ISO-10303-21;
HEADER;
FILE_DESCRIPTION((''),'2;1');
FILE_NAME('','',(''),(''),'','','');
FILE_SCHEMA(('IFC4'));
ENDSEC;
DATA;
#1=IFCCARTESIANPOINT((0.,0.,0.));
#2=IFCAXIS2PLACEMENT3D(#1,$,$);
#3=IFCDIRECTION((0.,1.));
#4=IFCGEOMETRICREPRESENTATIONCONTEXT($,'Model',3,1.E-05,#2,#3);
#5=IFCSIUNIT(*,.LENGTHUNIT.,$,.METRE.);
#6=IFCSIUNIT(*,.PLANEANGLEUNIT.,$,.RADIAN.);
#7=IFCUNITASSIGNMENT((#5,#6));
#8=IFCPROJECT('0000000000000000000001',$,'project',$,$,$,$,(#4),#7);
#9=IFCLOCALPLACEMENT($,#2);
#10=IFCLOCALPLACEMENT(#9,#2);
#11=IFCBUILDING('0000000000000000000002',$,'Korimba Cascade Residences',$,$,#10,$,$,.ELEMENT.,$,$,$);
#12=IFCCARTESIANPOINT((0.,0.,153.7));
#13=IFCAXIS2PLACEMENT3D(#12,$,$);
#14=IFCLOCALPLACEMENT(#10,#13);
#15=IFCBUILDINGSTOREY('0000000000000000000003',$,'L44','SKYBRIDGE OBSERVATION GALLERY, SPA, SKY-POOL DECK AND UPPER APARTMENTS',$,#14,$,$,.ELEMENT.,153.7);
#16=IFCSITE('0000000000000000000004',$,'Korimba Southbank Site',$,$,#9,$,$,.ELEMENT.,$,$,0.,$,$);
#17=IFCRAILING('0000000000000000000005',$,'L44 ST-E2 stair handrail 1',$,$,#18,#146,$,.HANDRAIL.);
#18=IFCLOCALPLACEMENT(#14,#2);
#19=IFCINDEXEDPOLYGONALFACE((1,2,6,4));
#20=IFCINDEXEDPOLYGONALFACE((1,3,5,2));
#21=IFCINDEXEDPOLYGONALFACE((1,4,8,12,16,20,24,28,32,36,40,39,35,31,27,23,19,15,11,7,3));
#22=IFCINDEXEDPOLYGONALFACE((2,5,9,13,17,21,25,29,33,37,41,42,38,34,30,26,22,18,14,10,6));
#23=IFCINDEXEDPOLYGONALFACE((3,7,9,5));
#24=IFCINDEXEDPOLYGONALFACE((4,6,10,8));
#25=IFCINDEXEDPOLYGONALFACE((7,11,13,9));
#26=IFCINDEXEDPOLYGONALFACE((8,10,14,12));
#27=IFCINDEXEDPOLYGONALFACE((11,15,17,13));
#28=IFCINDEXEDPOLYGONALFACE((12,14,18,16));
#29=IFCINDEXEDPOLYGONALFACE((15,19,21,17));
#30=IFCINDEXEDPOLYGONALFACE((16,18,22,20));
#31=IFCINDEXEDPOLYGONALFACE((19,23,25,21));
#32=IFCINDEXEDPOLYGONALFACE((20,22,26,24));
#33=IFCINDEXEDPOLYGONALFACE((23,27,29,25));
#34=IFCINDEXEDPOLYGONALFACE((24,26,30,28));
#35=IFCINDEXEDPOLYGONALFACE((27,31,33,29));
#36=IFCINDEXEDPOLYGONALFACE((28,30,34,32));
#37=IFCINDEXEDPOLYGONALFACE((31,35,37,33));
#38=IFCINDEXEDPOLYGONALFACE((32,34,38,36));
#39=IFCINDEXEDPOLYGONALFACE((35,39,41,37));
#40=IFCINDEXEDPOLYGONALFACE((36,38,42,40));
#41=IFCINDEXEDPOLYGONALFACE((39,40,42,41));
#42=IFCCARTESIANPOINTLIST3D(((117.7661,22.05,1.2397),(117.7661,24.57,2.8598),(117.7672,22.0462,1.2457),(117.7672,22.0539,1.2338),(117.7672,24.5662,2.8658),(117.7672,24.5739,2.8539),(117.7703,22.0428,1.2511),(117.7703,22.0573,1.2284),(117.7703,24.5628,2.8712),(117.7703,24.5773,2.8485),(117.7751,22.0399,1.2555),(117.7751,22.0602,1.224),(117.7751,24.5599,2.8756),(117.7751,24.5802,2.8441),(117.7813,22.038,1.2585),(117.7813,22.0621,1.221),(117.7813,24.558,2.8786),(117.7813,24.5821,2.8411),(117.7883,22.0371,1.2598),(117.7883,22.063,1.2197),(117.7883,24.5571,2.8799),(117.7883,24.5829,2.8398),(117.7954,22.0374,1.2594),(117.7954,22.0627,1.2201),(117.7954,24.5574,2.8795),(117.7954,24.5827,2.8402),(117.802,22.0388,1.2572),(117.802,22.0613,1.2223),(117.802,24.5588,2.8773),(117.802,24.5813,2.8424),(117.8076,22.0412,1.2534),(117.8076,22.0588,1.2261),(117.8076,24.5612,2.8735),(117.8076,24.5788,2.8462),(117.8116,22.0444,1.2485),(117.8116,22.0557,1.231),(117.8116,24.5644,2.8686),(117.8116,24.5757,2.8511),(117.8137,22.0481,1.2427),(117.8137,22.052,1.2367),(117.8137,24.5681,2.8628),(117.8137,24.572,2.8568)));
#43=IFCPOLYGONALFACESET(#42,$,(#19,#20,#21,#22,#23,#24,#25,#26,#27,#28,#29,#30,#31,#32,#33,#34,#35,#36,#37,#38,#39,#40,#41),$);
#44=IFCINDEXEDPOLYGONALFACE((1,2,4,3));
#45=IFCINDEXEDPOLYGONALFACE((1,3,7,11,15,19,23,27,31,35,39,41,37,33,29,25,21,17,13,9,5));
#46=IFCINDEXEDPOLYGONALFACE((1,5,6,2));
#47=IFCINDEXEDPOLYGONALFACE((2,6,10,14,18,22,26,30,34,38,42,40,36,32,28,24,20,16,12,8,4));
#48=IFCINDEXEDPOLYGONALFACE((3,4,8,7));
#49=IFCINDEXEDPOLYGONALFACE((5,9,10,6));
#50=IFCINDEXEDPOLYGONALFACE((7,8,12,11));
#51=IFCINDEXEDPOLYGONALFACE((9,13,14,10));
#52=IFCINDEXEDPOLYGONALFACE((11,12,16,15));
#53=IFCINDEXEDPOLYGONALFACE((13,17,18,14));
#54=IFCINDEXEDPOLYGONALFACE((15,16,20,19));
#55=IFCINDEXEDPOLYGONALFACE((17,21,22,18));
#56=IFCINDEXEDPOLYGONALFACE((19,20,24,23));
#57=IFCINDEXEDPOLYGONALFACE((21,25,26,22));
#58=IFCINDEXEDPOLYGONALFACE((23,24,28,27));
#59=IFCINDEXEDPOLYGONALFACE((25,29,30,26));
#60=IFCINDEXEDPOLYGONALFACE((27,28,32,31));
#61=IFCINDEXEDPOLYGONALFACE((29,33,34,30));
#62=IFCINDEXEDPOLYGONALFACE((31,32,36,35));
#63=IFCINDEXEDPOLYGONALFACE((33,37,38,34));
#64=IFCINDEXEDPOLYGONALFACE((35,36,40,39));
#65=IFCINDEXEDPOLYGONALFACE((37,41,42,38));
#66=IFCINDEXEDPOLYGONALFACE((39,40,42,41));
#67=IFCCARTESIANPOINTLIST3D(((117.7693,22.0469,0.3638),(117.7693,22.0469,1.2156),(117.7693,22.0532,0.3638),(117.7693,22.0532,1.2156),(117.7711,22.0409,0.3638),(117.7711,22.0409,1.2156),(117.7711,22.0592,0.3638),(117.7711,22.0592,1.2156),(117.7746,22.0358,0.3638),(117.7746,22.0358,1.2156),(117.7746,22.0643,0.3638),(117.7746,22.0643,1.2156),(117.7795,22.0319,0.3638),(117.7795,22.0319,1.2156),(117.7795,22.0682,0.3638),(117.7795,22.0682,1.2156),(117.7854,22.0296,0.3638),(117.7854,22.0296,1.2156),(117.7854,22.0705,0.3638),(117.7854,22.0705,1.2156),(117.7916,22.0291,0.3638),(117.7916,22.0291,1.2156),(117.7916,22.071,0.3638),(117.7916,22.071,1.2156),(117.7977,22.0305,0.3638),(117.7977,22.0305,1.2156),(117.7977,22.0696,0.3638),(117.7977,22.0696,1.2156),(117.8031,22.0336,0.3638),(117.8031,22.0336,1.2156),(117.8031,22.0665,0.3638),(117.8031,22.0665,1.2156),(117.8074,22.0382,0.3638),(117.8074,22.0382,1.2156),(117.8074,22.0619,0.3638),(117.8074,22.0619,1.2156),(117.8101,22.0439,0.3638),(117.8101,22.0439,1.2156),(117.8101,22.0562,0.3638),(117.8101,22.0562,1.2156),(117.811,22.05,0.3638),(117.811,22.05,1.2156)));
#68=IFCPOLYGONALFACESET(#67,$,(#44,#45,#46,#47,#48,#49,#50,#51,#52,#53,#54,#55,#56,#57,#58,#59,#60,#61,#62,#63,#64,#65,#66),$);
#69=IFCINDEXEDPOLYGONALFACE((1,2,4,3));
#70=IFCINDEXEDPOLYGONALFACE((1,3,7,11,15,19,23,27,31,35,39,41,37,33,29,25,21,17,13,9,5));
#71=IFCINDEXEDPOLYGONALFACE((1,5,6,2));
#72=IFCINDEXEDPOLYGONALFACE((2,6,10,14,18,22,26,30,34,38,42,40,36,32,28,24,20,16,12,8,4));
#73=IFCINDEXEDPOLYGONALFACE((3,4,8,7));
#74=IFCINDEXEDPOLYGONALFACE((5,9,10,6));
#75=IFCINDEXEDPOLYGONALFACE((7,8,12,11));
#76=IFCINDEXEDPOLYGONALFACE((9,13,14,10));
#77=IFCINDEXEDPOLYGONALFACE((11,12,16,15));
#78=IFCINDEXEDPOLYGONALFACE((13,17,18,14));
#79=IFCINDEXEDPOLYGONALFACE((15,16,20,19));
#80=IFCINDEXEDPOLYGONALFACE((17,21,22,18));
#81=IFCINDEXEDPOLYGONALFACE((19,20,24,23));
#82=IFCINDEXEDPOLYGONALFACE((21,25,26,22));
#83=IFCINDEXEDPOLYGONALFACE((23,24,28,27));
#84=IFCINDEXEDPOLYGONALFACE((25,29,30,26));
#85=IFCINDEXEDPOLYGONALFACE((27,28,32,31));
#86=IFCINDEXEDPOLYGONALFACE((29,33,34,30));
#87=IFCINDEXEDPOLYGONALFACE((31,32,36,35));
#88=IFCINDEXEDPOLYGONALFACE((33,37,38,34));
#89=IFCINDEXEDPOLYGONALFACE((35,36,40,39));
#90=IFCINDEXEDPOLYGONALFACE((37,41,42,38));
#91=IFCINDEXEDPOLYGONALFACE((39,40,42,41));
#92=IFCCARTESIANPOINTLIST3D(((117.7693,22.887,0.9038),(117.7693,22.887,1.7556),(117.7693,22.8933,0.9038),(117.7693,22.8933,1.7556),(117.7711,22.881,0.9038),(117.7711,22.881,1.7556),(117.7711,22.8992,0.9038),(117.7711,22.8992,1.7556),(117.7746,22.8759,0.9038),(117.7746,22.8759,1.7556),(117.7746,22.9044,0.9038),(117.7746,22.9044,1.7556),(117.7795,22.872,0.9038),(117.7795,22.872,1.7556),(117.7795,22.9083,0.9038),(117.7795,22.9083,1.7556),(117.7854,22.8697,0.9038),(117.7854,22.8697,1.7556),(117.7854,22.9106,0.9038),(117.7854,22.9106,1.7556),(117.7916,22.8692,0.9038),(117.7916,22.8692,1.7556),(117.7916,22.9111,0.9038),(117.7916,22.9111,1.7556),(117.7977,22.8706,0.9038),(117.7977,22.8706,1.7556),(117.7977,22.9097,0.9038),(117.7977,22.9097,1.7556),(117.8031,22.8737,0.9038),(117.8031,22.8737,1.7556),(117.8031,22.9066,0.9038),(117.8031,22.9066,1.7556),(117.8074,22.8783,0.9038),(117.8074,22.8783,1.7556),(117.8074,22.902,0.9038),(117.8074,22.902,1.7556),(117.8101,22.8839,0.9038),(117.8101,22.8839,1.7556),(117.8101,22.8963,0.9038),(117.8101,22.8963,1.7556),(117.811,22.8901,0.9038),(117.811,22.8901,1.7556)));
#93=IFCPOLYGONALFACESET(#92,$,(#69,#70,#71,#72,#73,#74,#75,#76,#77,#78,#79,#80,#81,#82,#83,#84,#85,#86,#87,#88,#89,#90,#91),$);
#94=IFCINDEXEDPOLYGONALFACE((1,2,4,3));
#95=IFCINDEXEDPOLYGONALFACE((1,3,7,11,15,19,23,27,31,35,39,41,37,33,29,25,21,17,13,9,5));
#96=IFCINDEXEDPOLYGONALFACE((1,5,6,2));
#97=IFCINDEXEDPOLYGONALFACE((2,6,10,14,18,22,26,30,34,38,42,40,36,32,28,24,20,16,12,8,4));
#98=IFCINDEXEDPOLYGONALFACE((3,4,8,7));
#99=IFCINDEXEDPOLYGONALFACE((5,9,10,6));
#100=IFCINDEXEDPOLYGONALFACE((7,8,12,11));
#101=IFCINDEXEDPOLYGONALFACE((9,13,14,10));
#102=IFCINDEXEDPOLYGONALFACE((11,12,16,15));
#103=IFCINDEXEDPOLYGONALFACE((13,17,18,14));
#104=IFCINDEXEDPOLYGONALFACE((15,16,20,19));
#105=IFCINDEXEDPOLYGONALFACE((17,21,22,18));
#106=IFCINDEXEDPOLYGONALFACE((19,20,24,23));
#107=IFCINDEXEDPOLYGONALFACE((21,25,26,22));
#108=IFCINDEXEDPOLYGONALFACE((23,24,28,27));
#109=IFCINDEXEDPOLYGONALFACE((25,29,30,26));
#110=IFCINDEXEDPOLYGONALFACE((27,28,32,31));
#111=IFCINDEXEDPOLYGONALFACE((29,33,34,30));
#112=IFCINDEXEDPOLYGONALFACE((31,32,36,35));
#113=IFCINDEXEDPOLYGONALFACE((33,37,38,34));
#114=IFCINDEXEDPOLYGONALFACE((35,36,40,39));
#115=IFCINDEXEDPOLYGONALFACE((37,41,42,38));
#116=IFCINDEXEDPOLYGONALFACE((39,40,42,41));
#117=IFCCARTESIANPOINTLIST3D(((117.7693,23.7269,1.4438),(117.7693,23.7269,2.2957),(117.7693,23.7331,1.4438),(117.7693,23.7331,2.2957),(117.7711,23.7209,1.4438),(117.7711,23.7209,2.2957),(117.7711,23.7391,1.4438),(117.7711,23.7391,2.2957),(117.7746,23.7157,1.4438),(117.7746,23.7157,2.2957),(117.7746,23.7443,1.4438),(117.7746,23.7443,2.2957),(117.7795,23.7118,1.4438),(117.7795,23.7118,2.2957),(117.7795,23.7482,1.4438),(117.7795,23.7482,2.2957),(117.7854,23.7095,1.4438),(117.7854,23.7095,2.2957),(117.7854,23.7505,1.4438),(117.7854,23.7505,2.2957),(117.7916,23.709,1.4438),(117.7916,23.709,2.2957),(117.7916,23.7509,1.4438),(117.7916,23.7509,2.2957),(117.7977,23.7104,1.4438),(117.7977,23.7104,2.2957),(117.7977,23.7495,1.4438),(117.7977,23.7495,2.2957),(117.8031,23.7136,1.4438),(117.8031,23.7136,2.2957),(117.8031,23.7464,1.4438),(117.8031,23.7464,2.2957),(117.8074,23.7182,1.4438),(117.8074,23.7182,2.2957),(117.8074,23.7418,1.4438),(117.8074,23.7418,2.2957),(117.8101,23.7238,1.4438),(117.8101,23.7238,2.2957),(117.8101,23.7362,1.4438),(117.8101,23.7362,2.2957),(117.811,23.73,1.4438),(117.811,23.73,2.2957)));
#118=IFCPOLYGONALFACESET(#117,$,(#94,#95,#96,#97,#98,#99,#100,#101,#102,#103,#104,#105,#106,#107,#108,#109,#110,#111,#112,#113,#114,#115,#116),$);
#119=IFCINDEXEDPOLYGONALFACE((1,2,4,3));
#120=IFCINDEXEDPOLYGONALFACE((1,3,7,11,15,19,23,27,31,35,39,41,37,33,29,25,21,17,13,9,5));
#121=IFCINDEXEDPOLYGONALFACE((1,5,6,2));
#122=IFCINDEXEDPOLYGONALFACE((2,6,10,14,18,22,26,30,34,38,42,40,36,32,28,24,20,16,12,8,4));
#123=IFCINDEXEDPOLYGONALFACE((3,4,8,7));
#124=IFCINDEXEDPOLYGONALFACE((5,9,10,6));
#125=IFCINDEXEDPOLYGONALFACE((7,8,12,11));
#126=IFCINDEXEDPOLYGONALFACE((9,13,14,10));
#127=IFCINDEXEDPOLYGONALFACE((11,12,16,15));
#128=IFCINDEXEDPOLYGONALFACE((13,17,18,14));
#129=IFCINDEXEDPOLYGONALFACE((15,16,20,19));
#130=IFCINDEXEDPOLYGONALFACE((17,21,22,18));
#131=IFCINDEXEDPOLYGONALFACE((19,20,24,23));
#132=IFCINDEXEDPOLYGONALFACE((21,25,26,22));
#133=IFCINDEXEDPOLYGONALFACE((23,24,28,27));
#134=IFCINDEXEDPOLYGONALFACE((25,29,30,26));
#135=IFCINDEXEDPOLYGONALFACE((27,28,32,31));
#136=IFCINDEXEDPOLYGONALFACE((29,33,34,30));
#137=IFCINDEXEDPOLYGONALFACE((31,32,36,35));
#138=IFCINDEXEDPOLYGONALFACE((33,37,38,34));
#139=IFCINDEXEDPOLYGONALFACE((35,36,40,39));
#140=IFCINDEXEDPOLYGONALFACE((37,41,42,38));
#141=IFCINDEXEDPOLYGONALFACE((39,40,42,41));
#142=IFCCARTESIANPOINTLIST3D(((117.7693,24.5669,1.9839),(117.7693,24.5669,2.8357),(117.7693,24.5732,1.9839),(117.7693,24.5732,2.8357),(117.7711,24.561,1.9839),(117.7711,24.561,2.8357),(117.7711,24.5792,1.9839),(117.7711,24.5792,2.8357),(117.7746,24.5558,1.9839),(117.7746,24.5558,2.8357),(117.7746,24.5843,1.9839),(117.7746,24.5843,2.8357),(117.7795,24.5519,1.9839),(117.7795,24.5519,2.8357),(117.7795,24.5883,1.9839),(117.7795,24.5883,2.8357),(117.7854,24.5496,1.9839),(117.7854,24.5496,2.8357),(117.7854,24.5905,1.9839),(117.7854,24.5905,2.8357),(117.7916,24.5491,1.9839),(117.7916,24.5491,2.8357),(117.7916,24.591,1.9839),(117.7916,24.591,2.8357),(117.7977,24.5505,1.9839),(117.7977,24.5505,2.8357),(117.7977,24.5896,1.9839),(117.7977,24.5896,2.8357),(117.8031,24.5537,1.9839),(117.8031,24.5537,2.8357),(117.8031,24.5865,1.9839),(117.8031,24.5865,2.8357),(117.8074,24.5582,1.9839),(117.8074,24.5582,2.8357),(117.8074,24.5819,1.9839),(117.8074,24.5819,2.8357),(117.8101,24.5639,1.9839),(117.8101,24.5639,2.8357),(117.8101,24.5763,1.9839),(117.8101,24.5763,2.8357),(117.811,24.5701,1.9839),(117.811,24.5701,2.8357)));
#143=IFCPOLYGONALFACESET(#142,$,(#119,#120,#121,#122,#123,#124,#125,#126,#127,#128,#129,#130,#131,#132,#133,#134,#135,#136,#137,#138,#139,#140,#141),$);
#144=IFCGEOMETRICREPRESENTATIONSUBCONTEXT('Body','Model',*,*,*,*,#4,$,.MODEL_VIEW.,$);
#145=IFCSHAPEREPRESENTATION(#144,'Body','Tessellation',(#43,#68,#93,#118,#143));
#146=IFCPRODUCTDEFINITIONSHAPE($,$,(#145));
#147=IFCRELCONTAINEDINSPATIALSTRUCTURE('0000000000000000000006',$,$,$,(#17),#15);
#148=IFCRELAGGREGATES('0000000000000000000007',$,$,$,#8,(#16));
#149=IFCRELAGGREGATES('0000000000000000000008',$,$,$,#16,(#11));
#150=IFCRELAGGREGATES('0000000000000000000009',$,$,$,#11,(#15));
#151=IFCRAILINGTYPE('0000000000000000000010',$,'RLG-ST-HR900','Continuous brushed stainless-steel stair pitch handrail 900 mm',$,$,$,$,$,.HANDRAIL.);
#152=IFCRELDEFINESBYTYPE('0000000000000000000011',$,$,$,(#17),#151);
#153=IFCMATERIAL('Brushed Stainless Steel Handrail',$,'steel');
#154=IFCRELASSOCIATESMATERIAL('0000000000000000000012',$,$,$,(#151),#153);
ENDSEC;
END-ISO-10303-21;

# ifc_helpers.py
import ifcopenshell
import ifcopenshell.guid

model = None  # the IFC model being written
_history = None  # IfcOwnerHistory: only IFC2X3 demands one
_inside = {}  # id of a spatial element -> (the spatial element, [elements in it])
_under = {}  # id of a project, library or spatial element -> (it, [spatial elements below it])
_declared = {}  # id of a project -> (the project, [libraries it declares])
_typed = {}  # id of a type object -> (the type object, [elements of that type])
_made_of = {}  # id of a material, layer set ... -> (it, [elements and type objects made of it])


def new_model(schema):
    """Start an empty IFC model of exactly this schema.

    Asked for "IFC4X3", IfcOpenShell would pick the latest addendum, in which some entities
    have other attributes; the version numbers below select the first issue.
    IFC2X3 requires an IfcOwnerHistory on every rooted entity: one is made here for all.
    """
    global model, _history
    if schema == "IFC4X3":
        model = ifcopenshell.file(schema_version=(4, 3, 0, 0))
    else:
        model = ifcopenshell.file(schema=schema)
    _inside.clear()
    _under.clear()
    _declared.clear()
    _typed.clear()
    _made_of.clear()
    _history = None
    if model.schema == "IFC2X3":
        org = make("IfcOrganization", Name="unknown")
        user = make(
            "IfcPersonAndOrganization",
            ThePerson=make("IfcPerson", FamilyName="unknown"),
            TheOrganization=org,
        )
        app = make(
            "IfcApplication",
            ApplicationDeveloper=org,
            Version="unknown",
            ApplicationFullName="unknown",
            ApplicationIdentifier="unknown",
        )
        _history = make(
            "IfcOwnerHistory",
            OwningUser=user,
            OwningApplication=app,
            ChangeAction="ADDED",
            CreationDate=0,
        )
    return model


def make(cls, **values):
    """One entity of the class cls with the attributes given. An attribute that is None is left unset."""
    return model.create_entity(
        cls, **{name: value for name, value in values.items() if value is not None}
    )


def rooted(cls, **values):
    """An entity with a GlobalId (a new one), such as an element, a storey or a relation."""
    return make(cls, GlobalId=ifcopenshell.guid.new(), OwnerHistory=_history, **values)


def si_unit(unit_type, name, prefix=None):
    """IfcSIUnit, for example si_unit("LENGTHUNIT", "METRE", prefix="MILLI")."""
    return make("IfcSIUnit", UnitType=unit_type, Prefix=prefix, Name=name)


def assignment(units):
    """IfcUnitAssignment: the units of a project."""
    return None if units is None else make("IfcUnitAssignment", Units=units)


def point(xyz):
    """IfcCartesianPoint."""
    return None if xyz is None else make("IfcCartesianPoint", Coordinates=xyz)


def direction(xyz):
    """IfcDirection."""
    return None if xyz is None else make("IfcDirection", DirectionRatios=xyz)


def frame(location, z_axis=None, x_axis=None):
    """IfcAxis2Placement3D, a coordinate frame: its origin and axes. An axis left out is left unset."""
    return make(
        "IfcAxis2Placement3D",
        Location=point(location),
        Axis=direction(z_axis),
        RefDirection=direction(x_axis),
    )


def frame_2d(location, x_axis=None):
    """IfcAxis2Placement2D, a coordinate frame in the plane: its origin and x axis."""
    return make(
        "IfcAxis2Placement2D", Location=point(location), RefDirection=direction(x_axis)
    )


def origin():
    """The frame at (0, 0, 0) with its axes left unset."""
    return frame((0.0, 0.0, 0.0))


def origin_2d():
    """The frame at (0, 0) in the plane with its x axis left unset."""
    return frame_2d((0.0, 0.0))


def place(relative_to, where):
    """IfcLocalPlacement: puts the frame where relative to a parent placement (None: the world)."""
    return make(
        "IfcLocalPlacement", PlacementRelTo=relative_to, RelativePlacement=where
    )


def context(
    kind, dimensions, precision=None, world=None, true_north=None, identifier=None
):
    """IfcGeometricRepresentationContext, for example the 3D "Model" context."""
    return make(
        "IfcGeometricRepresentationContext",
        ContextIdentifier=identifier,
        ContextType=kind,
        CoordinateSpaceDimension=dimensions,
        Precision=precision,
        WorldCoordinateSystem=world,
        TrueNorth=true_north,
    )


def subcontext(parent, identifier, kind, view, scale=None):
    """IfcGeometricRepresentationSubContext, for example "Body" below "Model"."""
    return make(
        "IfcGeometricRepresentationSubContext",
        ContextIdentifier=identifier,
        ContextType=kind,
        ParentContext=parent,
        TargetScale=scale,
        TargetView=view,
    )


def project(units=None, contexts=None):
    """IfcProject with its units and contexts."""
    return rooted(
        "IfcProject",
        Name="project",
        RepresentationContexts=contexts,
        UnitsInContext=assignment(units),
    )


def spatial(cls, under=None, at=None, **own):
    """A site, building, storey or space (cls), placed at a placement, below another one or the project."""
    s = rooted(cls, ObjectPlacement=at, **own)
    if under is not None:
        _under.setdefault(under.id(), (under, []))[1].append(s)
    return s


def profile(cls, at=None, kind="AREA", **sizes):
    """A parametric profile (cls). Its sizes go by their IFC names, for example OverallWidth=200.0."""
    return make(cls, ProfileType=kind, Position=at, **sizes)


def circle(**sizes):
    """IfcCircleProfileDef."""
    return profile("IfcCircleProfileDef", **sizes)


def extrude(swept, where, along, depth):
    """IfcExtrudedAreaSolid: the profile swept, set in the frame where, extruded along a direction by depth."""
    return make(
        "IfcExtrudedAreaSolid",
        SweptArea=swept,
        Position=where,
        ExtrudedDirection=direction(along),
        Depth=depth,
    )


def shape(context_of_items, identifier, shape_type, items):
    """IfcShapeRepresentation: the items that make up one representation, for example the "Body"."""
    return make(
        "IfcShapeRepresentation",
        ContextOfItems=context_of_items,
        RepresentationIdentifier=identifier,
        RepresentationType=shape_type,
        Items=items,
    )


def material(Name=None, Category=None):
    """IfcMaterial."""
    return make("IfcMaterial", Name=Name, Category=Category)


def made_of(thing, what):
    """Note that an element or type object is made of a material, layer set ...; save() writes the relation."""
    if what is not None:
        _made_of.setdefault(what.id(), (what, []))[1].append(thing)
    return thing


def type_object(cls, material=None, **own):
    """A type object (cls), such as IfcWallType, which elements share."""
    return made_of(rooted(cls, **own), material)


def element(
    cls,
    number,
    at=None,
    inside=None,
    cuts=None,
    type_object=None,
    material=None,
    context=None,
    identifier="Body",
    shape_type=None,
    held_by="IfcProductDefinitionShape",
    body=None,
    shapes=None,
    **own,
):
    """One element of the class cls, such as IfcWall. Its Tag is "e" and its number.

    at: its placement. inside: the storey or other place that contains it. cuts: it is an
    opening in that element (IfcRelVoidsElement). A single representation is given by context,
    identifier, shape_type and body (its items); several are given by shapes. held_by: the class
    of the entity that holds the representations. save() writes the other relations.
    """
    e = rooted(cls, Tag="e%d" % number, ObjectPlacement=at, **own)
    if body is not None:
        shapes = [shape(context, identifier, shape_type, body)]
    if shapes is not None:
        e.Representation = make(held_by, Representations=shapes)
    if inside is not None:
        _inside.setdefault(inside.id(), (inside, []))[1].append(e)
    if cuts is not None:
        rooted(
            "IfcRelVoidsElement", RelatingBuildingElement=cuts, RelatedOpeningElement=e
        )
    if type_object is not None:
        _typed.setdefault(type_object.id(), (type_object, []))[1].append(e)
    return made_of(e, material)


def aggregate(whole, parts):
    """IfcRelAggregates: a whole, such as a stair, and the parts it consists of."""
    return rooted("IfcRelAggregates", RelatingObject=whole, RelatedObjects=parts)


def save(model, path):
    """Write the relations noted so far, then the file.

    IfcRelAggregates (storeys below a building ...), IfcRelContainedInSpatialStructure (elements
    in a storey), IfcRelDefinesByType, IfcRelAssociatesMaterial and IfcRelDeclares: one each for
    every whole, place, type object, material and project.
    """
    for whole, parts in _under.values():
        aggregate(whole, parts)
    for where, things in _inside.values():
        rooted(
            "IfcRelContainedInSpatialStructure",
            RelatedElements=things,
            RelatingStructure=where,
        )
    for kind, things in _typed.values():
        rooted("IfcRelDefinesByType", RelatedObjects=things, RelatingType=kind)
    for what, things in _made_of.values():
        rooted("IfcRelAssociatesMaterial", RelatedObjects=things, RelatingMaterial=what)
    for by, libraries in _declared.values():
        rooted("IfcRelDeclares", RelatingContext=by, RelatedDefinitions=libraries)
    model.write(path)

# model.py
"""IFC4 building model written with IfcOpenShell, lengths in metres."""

from ifc_helpers import new_model, si_unit, direction, frame, origin, origin_2d, place, context, subcontext, project, spatial, circle, extrude, material, type_object, element, save


model = new_model("IFC4")

# Units and contexts
model_context = context("Model", 3, precision=1e-05, world=origin(), true_north=direction((0.0, 1.0)))
body_context = subcontext(model_context, "Body", "Model", "MODEL_VIEW")
ifc_project = project(units=[si_unit("LENGTHUNIT", "METRE"), si_unit("PLANEANGLEUNIT", "RADIAN")], contexts=[model_context])

# Site, building, storey
site_placement = place(None, origin())
site = spatial("IfcSite", under=ifc_project, at=site_placement, Name="Korimba Southbank Site", CompositionType="ELEMENT", RefElevation=0.0)
building_placement = place(site_placement, origin())
building = spatial("IfcBuilding", under=site, at=building_placement, Name="Korimba Cascade Residences", CompositionType="ELEMENT")
storey_placement = place(building_placement, frame((0.0, 0.0, 153.7)))
storey = spatial("IfcBuildingStorey", under=building, at=storey_placement, Name="L44", Description="SKYBRIDGE OBSERVATION GALLERY, SPA, SKY-POOL DECK AND UPPER APARTMENTS", CompositionType="ELEMENT", Elevation=153.7)

# Railing
ifc_material_1 = material(Name="Brushed Stainless Steel Handrail", Category="steel")
railing_type_1 = type_object("IfcRailingType", Name="RLG-ST-HR900", Description="Continuous brushed stainless-steel stair pitch handrail 900 mm", PredefinedType="HANDRAIL", material=ifc_material_1)
railing_1_placement = place(storey_placement, frame((117.79, 22.05, 0.3638)))
element("IfcRailing", 1, at=railing_1_placement, inside=storey, type_object=railing_type_1, Name="L44 ST-E2 stair handrail 1", PredefinedType="HANDRAIL", context=body_context, shape_type="SweptSolid", body=[
    extrude(circle(Radius=0.0239, at=origin_2d()), frame((0.0, 0.0, 0.876), z_axis=(0.0, 0.841163, 0.540782), x_axis=(-1.0, 0.0, 0.0)), (0.0, 0.0, 1.0), 2.9958),
    extrude(circle(Radius=0.021, at=origin_2d()), origin(), (0.0, 0.0, 1.0), 0.8518),
    extrude(circle(Radius=0.021, at=origin_2d()), frame((0.0, 0.8401, 0.54)), (0.0, 0.0, 1.0), 0.8518),
    extrude(circle(Radius=0.021, at=origin_2d()), frame((0.0, 1.6799, 1.0801)), (0.0, 0.0, 1.0), 0.8518),
    extrude(circle(Radius=0.021, at=origin_2d()), frame((0.0, 2.52, 1.6201)), (0.0, 0.0, 1.0), 0.8518),
])

save(model, "model.ifc")
